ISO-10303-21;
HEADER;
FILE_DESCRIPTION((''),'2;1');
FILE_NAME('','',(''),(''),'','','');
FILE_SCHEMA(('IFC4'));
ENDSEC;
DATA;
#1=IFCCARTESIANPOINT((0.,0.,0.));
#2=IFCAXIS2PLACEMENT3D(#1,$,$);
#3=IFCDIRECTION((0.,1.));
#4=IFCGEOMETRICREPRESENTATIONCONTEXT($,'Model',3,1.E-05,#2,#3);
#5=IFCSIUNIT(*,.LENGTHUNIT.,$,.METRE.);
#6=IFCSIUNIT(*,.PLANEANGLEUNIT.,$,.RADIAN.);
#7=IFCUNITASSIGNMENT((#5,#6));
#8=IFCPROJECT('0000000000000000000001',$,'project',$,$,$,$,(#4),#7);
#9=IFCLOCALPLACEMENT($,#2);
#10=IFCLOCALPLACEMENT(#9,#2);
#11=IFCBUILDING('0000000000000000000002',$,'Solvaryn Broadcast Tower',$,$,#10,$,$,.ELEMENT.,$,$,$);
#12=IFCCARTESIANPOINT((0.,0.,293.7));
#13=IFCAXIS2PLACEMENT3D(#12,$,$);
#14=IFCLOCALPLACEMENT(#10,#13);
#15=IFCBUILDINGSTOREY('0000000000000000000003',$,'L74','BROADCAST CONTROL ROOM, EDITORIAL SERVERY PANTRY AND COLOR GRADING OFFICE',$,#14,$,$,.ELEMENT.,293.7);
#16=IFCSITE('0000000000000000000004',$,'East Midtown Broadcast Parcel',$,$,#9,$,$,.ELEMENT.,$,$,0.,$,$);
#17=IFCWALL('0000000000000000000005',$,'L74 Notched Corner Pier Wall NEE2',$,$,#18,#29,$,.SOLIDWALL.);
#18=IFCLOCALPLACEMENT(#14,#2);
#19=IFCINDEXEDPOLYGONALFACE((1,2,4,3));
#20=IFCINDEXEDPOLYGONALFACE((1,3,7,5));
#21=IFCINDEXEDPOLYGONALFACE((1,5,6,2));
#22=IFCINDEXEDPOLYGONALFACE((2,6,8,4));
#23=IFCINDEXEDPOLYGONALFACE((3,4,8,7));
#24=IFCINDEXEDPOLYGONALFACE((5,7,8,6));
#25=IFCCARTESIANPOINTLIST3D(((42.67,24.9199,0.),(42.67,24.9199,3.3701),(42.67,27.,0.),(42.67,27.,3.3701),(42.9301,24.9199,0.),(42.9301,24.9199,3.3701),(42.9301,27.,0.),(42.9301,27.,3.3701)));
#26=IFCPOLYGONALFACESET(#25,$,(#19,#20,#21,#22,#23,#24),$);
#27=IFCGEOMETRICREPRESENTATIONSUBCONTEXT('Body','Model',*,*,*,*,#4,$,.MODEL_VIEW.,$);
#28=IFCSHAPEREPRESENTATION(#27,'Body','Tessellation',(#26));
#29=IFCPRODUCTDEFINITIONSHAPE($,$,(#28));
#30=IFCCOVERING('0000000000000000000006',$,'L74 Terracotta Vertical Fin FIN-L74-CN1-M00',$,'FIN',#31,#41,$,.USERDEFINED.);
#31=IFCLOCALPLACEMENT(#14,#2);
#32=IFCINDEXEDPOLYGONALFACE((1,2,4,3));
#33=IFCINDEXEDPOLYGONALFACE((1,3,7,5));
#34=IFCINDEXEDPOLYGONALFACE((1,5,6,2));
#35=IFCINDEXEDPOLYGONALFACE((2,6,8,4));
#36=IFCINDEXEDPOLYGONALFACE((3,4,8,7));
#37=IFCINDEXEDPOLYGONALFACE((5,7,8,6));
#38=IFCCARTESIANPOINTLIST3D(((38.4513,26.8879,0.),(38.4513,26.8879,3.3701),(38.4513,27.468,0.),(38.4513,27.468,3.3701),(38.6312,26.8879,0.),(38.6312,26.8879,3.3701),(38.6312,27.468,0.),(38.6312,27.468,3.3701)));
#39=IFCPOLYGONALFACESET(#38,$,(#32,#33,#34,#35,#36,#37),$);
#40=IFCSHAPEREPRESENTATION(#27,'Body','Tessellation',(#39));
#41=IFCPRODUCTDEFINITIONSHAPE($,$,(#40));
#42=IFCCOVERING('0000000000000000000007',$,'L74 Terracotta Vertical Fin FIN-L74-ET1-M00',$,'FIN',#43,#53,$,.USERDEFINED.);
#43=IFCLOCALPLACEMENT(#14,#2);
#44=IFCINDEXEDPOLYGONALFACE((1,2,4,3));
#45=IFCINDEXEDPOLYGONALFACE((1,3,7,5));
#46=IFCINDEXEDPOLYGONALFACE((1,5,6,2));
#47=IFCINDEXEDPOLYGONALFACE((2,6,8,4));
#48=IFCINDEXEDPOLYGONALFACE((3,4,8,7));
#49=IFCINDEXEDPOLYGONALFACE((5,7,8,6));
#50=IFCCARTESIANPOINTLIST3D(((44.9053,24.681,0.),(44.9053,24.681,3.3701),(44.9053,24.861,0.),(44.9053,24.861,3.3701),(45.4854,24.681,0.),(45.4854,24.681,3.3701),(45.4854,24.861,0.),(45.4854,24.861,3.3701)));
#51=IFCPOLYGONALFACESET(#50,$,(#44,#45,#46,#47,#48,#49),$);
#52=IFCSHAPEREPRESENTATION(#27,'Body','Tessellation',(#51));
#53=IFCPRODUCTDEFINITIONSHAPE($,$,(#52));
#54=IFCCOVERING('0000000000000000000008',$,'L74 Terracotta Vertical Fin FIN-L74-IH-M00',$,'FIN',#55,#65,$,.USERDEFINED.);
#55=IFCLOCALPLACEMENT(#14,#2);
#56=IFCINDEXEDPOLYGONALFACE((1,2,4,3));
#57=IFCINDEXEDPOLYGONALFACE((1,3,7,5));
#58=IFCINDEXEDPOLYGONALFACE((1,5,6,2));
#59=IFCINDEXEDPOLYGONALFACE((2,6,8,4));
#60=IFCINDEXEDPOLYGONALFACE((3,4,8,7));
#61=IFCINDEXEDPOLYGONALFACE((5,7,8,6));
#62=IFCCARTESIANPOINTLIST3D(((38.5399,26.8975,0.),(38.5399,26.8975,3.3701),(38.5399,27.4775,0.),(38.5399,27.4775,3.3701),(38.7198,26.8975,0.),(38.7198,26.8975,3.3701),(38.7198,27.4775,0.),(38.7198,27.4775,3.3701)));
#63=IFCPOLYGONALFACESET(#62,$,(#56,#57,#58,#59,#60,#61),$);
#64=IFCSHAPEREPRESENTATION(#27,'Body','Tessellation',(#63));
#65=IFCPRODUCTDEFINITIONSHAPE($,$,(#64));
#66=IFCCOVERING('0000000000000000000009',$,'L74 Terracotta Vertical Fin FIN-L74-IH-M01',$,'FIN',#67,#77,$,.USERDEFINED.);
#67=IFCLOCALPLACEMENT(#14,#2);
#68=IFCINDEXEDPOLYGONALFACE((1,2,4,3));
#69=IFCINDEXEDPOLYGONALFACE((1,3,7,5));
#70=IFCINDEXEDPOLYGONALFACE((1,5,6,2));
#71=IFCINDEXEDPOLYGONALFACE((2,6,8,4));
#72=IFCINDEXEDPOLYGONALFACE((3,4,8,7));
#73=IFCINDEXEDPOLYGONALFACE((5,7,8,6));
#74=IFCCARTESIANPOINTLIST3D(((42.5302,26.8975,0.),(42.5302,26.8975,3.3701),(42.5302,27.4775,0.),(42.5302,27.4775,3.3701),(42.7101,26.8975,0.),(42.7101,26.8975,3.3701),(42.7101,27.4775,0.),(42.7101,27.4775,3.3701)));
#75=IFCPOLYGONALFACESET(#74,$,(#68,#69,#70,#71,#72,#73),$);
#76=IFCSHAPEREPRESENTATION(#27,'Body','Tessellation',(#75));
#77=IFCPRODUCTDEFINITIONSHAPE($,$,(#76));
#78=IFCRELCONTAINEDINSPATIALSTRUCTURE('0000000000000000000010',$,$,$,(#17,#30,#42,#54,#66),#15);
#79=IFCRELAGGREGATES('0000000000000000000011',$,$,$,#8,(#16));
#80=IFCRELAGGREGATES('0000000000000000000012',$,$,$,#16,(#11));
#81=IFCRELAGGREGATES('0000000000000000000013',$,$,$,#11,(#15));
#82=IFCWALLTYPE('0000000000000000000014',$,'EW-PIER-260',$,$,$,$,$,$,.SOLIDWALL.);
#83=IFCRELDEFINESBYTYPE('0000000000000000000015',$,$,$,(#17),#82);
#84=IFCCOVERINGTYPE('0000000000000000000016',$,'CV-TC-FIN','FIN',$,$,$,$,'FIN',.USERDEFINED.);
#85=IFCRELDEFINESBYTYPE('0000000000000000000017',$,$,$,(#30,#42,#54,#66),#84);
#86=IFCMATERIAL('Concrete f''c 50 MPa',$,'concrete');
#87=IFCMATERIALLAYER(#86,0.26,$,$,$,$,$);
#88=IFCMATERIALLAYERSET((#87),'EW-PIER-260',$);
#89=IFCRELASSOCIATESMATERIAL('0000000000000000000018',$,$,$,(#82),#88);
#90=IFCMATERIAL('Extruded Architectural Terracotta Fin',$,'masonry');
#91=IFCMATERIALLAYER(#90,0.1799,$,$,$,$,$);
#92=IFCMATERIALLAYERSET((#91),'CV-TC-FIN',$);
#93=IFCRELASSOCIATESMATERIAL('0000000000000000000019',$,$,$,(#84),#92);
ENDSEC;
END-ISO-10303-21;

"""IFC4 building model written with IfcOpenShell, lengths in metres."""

from ifc_helpers import new_model, si_unit, direction, frame, frame_2d, origin, origin_2d, place, context, subcontext, project, spatial, rectangle, extrude, material, layer, layer_set, type_object, element, save


model = new_model("IFC4")

# Units and contexts
model_context = context("Model", 3, precision=1e-05, world=origin(), true_north=direction((0.0, 1.0)))
body_context = subcontext(model_context, "Body", "Model", "MODEL_VIEW")
ifc_project = project(units=[si_unit("LENGTHUNIT", "METRE"), si_unit("PLANEANGLEUNIT", "RADIAN")], contexts=[model_context])

# Site, building, storey
site_placement = place(None, origin())
site = spatial("IfcSite", under=ifc_project, at=site_placement, Name="East Midtown Broadcast Parcel", CompositionType="ELEMENT", RefElevation=0.0)
building_placement = place(site_placement, origin())
building = spatial("IfcBuilding", under=site, at=building_placement, Name="Solvaryn Broadcast Tower", CompositionType="ELEMENT")
storey_placement = place(building_placement, frame((0.0, 0.0, 293.7)))
storey = spatial("IfcBuildingStorey", under=building, at=storey_placement, Name="L74", Description="BROADCAST CONTROL ROOM, EDITORIAL SERVERY PANTRY AND COLOR GRADING OFFICE", CompositionType="ELEMENT", Elevation=293.7)

# Wall
ifc_material_1 = material(Name="Concrete f'c 50 MPa", Category="concrete")
ifc_layer_1 = layer(ifc_material_1, 0.26)
ifc_layer_set_1 = layer_set([ifc_layer_1], Name="EW-PIER-260")
wall_type_1 = type_object("IfcWallType", Name="EW-PIER-260", PredefinedType="SOLIDWALL", material=ifc_layer_set_1)
wall_1_placement = place(storey_placement, frame((42.8, 24.9199, 0.0), z_axis=(0.0, 0.0, 1.0), x_axis=(0.0, 1.0, 0.0)))
element("IfcWall", 1, at=wall_1_placement, inside=storey, type_object=wall_type_1, Name="L74 Notched Corner Pier Wall NEE2", PredefinedType="SOLIDWALL", context=body_context, shape_type="SweptSolid", body=[
    extrude(rectangle(XDim=2.0801, YDim=0.26, at=frame_2d((1.04, 0.0))), origin(), (0.0, 0.0, 1.0), 3.3701),
])

# Coverings
ifc_material_2 = material(Name="Extruded Architectural Terracotta Fin", Category="masonry")
ifc_layer_2 = layer(ifc_material_2, 0.1799)
ifc_layer_set_2 = layer_set([ifc_layer_2], Name="CV-TC-FIN")
covering_type = type_object("IfcCoveringType", Name="CV-TC-FIN", Description="FIN", ElementType="FIN", PredefinedType="USERDEFINED", material=ifc_layer_set_2)
covering_1_placement = place(storey_placement, frame((38.5413, 27.178, 0.0), z_axis=(0.0, 0.0, 1.0), x_axis=(1.0, 0.0, 0.0)))
element("IfcCovering", 2, at=covering_1_placement, inside=storey, type_object=covering_type, Name="L74 Terracotta Vertical Fin FIN-L74-CN1-M00", ObjectType="FIN", PredefinedType="USERDEFINED", context=body_context, shape_type="SweptSolid", body=[
    extrude(rectangle(XDim=0.1799, YDim=0.5801, at=origin_2d()), origin(), (0.0, 0.0, 1.0), 3.3701),
])
covering_2_placement = place(storey_placement, frame((45.1953, 24.771, 0.0), z_axis=(0.0, 0.0, 1.0), x_axis=(1.0, 0.0, 0.0)))
element("IfcCovering", 3, at=covering_2_placement, inside=storey, type_object=covering_type, Name="L74 Terracotta Vertical Fin FIN-L74-ET1-M00", ObjectType="FIN", PredefinedType="USERDEFINED", context=body_context, shape_type="SweptSolid", body=[
    extrude(rectangle(XDim=0.5801, YDim=0.1799, at=origin_2d()), origin(), (0.0, 0.0, 1.0), 3.3701),
])
for number, where, z_axis, x_axis, name in (
    (4, (38.6299, 27.1875, 0.0), (0.0, 0.0, 1.0), (1.0, 0.0, 0.0), "L74 Terracotta Vertical Fin FIN-L74-IH-M00"),
    (5, (42.6201, 27.1875, 0.0), (0.0, 0.0, 1.0), (1.0, 0.0, 0.0), "L74 Terracotta Vertical Fin FIN-L74-IH-M01"),
):
    element("IfcCovering", number, at=place(storey_placement, frame(where, z_axis=z_axis, x_axis=x_axis)), inside=storey, type_object=covering_type, Name=name, ObjectType="FIN", PredefinedType="USERDEFINED", context=body_context, shape_type="SweptSolid", body=[
        extrude(rectangle(XDim=0.1799, YDim=0.5801, at=origin_2d()), origin(), (0.0, 0.0, 1.0), 3.3701),
    ])

save(model, "model.ifc")
